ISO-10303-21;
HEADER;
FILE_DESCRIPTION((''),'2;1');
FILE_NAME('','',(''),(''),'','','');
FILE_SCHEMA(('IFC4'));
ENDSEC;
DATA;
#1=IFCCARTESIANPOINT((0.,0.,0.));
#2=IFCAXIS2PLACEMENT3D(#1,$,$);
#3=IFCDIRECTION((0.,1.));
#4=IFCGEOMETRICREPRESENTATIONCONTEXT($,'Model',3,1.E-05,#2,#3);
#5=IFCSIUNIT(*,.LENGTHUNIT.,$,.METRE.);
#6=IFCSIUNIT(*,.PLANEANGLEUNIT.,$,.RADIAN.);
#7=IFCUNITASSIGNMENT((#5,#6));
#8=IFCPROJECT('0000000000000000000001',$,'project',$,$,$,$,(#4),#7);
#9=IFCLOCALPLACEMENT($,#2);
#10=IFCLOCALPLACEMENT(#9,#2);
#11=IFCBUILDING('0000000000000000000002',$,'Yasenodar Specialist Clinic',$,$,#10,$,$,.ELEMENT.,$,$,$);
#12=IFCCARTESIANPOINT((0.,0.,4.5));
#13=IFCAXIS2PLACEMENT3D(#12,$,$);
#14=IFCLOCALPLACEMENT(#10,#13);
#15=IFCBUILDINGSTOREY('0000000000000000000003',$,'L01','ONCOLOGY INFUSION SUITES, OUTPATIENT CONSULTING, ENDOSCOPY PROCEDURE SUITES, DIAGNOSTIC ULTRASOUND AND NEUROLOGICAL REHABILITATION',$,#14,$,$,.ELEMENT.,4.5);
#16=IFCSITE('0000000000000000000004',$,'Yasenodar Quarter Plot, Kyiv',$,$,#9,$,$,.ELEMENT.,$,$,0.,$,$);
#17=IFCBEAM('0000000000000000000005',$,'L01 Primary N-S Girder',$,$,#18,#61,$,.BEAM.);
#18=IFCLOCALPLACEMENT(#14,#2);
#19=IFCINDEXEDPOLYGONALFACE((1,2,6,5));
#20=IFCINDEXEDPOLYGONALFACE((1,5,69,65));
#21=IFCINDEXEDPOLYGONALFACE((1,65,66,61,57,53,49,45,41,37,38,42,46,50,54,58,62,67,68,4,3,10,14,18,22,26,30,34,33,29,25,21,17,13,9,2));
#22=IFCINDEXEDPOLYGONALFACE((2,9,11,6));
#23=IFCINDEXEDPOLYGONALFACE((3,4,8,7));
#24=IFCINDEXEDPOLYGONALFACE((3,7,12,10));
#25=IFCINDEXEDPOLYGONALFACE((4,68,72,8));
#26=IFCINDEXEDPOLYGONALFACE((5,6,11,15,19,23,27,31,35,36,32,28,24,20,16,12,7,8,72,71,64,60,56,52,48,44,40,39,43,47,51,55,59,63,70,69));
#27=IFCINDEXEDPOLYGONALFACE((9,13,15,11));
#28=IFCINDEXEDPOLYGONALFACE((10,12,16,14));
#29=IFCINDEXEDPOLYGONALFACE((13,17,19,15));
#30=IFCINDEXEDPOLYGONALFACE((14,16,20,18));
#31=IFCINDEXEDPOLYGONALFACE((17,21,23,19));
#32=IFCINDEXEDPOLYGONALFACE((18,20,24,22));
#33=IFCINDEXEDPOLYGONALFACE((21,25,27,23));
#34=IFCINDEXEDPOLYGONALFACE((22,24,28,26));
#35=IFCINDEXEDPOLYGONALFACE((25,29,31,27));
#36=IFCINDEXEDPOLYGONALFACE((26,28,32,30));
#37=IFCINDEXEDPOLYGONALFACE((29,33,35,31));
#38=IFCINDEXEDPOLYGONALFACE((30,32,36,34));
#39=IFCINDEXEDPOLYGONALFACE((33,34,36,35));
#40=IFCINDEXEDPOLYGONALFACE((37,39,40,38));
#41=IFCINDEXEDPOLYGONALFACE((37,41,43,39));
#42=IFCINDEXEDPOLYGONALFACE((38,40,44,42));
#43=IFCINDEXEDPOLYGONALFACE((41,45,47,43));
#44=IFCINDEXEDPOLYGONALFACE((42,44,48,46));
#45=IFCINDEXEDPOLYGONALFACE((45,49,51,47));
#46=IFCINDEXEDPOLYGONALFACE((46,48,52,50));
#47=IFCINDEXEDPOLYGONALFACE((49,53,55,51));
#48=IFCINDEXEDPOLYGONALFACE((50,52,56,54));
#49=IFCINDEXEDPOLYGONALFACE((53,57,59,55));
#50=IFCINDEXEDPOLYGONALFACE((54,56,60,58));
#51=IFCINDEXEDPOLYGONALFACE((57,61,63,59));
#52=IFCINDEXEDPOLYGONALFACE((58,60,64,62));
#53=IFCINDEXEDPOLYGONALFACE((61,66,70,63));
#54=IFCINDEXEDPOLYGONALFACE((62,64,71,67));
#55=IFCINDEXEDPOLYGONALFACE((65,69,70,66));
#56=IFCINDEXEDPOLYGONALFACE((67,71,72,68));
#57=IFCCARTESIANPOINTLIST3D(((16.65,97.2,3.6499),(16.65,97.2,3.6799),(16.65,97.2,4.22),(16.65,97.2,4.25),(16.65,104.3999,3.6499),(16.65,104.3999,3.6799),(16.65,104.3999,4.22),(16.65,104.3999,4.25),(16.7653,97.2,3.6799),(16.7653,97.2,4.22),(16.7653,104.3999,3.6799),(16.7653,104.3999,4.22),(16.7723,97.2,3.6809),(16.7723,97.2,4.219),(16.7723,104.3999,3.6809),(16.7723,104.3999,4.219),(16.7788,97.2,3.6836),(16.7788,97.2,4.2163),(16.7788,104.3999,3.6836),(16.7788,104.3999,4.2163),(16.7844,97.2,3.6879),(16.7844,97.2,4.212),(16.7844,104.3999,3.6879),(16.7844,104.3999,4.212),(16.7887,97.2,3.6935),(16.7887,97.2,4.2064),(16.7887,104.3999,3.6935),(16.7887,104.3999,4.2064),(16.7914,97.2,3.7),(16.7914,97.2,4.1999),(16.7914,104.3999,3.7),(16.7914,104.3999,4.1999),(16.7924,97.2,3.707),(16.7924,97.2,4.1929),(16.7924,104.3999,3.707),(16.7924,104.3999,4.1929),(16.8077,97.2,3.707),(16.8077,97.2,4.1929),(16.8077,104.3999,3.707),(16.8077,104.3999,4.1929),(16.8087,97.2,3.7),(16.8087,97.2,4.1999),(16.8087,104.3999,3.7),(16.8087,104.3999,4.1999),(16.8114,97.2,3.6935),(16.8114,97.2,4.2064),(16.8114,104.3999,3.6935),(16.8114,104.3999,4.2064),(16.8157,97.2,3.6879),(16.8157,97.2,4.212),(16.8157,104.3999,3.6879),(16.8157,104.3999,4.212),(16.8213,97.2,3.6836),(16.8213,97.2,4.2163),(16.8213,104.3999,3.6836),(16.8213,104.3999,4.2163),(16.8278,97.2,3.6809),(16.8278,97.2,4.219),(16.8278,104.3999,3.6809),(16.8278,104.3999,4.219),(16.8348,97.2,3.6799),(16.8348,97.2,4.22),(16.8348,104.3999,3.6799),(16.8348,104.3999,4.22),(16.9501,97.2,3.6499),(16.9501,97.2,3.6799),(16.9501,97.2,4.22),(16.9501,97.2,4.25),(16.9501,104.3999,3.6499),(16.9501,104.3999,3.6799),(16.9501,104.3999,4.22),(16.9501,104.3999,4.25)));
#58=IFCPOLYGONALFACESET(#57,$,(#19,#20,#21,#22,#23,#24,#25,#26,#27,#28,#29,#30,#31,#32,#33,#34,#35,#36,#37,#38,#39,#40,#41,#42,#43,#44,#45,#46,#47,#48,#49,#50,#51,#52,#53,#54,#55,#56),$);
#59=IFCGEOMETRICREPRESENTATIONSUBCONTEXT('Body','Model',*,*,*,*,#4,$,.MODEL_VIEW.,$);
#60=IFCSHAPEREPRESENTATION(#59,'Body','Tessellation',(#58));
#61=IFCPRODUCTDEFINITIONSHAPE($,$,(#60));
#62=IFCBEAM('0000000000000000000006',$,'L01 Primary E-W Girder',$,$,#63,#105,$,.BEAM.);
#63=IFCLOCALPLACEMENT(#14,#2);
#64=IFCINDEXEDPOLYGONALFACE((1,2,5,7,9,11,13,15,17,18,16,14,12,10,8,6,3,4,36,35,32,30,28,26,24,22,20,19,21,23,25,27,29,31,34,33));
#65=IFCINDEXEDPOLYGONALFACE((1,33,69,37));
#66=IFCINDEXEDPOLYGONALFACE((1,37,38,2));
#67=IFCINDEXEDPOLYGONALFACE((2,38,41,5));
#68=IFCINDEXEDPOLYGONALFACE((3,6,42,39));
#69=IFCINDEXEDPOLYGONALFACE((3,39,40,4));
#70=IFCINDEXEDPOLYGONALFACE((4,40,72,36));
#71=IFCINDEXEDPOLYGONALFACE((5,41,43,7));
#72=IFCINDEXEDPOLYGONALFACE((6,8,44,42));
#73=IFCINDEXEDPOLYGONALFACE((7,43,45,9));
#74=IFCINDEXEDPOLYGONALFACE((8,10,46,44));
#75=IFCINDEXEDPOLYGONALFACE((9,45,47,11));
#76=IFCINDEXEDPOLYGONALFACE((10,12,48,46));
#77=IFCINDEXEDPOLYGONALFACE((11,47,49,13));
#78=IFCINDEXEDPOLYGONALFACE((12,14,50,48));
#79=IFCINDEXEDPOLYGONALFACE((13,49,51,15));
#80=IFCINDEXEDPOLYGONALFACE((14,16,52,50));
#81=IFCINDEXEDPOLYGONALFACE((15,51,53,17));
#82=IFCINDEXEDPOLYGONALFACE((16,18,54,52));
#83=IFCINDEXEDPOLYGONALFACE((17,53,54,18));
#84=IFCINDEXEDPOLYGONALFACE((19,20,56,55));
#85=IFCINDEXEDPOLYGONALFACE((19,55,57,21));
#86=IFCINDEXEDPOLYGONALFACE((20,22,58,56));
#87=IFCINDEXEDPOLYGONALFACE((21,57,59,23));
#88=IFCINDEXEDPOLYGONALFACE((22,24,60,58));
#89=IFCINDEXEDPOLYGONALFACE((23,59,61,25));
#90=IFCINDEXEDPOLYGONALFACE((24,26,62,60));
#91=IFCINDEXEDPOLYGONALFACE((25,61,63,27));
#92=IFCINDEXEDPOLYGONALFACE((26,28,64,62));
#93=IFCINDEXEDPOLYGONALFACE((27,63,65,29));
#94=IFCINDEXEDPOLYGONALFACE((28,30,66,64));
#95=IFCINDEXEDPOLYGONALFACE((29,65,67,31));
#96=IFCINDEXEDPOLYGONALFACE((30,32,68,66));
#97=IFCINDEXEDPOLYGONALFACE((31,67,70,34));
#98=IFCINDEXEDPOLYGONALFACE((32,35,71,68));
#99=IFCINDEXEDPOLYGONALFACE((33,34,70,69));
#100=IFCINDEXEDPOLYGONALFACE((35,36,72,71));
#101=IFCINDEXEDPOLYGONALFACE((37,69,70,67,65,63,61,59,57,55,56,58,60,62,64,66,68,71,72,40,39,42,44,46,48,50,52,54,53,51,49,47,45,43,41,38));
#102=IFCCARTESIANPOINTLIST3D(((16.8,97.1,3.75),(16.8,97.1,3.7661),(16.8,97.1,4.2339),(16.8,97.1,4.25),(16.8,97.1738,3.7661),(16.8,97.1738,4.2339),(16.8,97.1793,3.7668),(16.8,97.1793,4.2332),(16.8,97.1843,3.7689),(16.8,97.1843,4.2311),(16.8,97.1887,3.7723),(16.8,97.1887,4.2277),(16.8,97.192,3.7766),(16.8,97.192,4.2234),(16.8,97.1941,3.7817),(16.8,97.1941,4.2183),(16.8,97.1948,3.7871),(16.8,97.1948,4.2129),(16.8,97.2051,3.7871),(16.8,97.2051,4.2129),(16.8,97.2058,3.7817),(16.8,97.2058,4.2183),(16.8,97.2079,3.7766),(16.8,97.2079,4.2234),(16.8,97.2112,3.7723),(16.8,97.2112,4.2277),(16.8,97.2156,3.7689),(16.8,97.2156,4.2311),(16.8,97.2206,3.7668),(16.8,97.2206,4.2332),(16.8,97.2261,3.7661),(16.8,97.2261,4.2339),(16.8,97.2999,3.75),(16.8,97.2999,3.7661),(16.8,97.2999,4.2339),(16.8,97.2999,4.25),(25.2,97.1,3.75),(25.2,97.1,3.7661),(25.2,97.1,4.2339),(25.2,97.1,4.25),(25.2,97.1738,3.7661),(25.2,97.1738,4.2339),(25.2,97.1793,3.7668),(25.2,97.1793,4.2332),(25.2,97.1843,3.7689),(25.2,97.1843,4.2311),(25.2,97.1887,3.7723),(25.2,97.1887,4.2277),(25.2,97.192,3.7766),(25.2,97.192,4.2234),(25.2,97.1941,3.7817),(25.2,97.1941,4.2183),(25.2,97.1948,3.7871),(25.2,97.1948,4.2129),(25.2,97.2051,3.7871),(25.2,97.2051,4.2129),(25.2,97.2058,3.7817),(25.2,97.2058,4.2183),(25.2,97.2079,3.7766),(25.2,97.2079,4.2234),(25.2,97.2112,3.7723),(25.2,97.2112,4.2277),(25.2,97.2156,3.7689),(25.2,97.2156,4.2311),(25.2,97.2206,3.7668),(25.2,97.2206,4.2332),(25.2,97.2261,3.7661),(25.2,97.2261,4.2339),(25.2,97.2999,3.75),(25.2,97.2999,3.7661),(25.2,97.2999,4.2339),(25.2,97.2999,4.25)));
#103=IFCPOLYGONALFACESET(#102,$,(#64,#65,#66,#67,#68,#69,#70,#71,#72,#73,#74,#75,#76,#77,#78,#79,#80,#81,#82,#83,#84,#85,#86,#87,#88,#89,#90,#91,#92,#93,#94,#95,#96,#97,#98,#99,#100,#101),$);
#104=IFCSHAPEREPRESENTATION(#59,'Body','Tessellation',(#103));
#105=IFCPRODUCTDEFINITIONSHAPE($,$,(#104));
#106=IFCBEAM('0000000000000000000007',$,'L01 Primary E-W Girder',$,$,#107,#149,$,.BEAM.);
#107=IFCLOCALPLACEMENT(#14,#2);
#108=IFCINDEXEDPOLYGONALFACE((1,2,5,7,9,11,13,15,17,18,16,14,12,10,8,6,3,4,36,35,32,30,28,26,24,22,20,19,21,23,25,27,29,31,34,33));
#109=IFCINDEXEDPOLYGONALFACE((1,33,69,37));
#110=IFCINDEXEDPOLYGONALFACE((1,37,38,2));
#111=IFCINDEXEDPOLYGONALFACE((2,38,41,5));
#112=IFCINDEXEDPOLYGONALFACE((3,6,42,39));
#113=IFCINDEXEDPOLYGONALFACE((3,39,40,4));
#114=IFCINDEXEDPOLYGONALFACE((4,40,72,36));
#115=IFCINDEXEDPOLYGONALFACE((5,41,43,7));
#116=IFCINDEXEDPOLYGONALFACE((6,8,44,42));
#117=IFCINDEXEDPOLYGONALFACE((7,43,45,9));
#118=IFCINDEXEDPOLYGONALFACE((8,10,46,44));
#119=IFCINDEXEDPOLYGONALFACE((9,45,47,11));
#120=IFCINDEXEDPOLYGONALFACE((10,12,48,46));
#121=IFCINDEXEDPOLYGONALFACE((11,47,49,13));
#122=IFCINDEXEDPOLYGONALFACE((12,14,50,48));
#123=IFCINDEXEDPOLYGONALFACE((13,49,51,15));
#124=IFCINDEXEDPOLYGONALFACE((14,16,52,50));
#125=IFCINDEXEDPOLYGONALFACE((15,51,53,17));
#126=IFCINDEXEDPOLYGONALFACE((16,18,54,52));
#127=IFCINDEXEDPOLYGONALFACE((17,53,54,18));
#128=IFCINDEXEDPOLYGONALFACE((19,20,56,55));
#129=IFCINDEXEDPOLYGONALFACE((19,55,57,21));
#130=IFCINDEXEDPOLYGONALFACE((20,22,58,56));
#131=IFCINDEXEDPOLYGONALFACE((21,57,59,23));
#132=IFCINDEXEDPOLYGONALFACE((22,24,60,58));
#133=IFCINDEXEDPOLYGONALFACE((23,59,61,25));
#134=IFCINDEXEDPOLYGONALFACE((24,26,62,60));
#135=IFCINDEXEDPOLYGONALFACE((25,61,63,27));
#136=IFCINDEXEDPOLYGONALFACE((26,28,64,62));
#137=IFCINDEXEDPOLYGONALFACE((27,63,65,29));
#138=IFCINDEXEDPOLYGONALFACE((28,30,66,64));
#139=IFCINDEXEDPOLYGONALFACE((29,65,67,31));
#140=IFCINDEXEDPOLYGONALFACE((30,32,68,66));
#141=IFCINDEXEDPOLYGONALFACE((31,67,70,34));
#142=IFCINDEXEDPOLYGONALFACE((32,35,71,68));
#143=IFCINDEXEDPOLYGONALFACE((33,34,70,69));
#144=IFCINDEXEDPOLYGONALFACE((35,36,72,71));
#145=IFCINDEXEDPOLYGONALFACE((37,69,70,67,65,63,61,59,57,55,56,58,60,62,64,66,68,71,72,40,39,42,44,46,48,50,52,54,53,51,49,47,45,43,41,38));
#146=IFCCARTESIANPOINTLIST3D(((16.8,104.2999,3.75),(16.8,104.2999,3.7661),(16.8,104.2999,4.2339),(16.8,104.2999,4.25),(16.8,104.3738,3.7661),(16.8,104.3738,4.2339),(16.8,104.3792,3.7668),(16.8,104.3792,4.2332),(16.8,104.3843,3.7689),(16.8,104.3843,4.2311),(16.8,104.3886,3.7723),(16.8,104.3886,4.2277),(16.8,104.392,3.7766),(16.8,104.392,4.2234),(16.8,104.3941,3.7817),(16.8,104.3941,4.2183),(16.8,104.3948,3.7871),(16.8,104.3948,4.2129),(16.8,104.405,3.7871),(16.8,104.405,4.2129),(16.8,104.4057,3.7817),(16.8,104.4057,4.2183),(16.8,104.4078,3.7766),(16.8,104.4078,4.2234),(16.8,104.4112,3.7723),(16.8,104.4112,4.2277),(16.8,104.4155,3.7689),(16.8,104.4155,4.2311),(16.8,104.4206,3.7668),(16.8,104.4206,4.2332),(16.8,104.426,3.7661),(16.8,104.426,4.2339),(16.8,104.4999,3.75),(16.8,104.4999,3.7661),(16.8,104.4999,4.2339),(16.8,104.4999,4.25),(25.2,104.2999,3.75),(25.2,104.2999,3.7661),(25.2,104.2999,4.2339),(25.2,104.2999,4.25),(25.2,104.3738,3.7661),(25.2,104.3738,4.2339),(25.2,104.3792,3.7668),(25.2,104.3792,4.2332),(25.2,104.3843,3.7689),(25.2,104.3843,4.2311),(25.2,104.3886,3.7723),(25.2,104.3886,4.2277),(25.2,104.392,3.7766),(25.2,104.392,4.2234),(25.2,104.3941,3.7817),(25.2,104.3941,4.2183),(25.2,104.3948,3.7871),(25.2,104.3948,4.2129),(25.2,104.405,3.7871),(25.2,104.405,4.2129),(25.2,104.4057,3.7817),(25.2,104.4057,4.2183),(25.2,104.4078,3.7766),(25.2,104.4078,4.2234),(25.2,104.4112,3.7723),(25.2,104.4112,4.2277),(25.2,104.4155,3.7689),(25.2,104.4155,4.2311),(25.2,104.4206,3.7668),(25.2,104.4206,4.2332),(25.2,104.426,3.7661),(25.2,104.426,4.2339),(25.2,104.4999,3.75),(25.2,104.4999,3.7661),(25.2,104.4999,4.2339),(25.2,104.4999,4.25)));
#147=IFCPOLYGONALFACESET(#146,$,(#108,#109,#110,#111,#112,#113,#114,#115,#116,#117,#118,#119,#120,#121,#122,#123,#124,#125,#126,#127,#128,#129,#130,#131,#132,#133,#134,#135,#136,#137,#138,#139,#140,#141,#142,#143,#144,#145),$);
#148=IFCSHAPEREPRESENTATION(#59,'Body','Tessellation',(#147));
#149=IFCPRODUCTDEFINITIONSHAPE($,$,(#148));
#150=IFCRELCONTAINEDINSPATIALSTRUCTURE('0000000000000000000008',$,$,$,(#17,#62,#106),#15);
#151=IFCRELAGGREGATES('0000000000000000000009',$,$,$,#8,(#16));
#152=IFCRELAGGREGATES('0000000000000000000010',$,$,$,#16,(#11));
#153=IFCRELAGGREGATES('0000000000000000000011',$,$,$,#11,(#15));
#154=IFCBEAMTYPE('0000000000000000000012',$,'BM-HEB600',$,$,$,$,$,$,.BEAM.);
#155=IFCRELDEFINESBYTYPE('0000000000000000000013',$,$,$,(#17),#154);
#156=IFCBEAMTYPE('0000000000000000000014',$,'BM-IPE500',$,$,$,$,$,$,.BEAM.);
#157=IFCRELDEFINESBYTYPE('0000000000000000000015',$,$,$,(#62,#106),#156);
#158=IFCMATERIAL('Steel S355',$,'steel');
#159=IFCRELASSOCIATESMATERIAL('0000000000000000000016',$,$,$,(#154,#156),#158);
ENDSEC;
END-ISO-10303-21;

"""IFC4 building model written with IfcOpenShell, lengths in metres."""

from ifc_helpers import new_model, si_unit, direction, frame, origin, origin_2d, place, context, subcontext, project, spatial, i_section, extrude, material, material_profile, profile_set, type_object, element, save


model = new_model("IFC4")

# Units and contexts
model_context = context("Model", 3, precision=1e-05, world=origin(), true_north=direction((0.0, 1.0)))
body_context = subcontext(model_context, "Body", "Model", "MODEL_VIEW")
ifc_project = project(units=[si_unit("LENGTHUNIT", "METRE"), si_unit("PLANEANGLEUNIT", "RADIAN")], contexts=[model_context])

# Site, building, storey
site_placement = place(None, origin())
site = spatial("IfcSite", under=ifc_project, at=site_placement, Name="Yasenodar Quarter Plot, Kyiv", CompositionType="ELEMENT", RefElevation=0.0)
building_placement = place(site_placement, origin())
building = spatial("IfcBuilding", under=site, at=building_placement, Name="Yasenodar Specialist Clinic", CompositionType="ELEMENT")
storey_placement = place(building_placement, frame((0.0, 0.0, 4.5)))
storey = spatial("IfcBuildingStorey", under=building, at=storey_placement, Name="L01", Description="ONCOLOGY INFUSION SUITES, OUTPATIENT CONSULTING, ENDOSCOPY PROCEDURE SUITES, DIAGNOSTIC ULTRASOUND AND NEUROLOGICAL REHABILITATION", CompositionType="ELEMENT", Elevation=4.5)

# Shared definitions
ifc_material_1 = material(Name="Steel S355", Category="steel")

# Beams
ifc_material_profile_1 = material_profile(ifc_material_1, i_section(OverallWidth=0.3, OverallDepth=0.6001, WebThickness=0.0154, FlangeThickness=0.03, FilletRadius=0.0271, at=origin_2d()), Name="HEB 600")
ifc_profile_set_1 = profile_set([ifc_material_profile_1], Name="Steel S355")
beam_type_1 = type_object("IfcBeamType", Name="BM-HEB600", PredefinedType="BEAM", material=ifc_profile_set_1)
beam_1_placement = place(storey_placement, frame((16.8, 97.2, 3.95), z_axis=(0.0, 1.0, 0.0), x_axis=(-1.0, 0.0, 0.0)))
element("IfcBeam", 1, at=beam_1_placement, inside=storey, type_object=beam_type_1, Name="L01 Primary N-S Girder", PredefinedType="BEAM", context=body_context, shape_type="SweptSolid", body=[
    extrude(i_section(OverallWidth=0.3, OverallDepth=0.6001, WebThickness=0.0154, FlangeThickness=0.03, FilletRadius=0.0271, at=origin_2d()), origin(), (0.0, 0.0, 1.0), 7.2),
])
ifc_material_profile_2 = material_profile(ifc_material_1, i_section(OverallWidth=0.2, OverallDepth=0.5, WebThickness=0.0103, FlangeThickness=0.0161, FilletRadius=0.021, at=origin_2d()), Name="IPE 500")
ifc_profile_set_2 = profile_set([ifc_material_profile_2], Name="Steel S355")
beam_type_2 = type_object("IfcBeamType", Name="BM-IPE500", PredefinedType="BEAM", material=ifc_profile_set_2)
for number, where, z_axis, x_axis, name in (
    (2, (16.8, 97.2, 4.0), (1.0, 0.0, 0.0), (0.0, 1.0, 0.0), "L01 Primary E-W Girder"),
    (3, (16.8, 104.3999, 4.0), (1.0, 0.0, 0.0), (0.0, 1.0, 0.0), "L01 Primary E-W Girder"),
):
    element("IfcBeam", number, at=place(storey_placement, frame(where, z_axis=z_axis, x_axis=x_axis)), inside=storey, type_object=beam_type_2, Name=name, PredefinedType="BEAM", context=body_context, shape_type="SweptSolid", body=[
        extrude(i_section(OverallWidth=0.2, OverallDepth=0.5, WebThickness=0.0103, FlangeThickness=0.0161, FilletRadius=0.021, at=origin_2d()), origin(), (0.0, 0.0, 1.0), 8.3999),
    ])

save(model, "model.ifc")
